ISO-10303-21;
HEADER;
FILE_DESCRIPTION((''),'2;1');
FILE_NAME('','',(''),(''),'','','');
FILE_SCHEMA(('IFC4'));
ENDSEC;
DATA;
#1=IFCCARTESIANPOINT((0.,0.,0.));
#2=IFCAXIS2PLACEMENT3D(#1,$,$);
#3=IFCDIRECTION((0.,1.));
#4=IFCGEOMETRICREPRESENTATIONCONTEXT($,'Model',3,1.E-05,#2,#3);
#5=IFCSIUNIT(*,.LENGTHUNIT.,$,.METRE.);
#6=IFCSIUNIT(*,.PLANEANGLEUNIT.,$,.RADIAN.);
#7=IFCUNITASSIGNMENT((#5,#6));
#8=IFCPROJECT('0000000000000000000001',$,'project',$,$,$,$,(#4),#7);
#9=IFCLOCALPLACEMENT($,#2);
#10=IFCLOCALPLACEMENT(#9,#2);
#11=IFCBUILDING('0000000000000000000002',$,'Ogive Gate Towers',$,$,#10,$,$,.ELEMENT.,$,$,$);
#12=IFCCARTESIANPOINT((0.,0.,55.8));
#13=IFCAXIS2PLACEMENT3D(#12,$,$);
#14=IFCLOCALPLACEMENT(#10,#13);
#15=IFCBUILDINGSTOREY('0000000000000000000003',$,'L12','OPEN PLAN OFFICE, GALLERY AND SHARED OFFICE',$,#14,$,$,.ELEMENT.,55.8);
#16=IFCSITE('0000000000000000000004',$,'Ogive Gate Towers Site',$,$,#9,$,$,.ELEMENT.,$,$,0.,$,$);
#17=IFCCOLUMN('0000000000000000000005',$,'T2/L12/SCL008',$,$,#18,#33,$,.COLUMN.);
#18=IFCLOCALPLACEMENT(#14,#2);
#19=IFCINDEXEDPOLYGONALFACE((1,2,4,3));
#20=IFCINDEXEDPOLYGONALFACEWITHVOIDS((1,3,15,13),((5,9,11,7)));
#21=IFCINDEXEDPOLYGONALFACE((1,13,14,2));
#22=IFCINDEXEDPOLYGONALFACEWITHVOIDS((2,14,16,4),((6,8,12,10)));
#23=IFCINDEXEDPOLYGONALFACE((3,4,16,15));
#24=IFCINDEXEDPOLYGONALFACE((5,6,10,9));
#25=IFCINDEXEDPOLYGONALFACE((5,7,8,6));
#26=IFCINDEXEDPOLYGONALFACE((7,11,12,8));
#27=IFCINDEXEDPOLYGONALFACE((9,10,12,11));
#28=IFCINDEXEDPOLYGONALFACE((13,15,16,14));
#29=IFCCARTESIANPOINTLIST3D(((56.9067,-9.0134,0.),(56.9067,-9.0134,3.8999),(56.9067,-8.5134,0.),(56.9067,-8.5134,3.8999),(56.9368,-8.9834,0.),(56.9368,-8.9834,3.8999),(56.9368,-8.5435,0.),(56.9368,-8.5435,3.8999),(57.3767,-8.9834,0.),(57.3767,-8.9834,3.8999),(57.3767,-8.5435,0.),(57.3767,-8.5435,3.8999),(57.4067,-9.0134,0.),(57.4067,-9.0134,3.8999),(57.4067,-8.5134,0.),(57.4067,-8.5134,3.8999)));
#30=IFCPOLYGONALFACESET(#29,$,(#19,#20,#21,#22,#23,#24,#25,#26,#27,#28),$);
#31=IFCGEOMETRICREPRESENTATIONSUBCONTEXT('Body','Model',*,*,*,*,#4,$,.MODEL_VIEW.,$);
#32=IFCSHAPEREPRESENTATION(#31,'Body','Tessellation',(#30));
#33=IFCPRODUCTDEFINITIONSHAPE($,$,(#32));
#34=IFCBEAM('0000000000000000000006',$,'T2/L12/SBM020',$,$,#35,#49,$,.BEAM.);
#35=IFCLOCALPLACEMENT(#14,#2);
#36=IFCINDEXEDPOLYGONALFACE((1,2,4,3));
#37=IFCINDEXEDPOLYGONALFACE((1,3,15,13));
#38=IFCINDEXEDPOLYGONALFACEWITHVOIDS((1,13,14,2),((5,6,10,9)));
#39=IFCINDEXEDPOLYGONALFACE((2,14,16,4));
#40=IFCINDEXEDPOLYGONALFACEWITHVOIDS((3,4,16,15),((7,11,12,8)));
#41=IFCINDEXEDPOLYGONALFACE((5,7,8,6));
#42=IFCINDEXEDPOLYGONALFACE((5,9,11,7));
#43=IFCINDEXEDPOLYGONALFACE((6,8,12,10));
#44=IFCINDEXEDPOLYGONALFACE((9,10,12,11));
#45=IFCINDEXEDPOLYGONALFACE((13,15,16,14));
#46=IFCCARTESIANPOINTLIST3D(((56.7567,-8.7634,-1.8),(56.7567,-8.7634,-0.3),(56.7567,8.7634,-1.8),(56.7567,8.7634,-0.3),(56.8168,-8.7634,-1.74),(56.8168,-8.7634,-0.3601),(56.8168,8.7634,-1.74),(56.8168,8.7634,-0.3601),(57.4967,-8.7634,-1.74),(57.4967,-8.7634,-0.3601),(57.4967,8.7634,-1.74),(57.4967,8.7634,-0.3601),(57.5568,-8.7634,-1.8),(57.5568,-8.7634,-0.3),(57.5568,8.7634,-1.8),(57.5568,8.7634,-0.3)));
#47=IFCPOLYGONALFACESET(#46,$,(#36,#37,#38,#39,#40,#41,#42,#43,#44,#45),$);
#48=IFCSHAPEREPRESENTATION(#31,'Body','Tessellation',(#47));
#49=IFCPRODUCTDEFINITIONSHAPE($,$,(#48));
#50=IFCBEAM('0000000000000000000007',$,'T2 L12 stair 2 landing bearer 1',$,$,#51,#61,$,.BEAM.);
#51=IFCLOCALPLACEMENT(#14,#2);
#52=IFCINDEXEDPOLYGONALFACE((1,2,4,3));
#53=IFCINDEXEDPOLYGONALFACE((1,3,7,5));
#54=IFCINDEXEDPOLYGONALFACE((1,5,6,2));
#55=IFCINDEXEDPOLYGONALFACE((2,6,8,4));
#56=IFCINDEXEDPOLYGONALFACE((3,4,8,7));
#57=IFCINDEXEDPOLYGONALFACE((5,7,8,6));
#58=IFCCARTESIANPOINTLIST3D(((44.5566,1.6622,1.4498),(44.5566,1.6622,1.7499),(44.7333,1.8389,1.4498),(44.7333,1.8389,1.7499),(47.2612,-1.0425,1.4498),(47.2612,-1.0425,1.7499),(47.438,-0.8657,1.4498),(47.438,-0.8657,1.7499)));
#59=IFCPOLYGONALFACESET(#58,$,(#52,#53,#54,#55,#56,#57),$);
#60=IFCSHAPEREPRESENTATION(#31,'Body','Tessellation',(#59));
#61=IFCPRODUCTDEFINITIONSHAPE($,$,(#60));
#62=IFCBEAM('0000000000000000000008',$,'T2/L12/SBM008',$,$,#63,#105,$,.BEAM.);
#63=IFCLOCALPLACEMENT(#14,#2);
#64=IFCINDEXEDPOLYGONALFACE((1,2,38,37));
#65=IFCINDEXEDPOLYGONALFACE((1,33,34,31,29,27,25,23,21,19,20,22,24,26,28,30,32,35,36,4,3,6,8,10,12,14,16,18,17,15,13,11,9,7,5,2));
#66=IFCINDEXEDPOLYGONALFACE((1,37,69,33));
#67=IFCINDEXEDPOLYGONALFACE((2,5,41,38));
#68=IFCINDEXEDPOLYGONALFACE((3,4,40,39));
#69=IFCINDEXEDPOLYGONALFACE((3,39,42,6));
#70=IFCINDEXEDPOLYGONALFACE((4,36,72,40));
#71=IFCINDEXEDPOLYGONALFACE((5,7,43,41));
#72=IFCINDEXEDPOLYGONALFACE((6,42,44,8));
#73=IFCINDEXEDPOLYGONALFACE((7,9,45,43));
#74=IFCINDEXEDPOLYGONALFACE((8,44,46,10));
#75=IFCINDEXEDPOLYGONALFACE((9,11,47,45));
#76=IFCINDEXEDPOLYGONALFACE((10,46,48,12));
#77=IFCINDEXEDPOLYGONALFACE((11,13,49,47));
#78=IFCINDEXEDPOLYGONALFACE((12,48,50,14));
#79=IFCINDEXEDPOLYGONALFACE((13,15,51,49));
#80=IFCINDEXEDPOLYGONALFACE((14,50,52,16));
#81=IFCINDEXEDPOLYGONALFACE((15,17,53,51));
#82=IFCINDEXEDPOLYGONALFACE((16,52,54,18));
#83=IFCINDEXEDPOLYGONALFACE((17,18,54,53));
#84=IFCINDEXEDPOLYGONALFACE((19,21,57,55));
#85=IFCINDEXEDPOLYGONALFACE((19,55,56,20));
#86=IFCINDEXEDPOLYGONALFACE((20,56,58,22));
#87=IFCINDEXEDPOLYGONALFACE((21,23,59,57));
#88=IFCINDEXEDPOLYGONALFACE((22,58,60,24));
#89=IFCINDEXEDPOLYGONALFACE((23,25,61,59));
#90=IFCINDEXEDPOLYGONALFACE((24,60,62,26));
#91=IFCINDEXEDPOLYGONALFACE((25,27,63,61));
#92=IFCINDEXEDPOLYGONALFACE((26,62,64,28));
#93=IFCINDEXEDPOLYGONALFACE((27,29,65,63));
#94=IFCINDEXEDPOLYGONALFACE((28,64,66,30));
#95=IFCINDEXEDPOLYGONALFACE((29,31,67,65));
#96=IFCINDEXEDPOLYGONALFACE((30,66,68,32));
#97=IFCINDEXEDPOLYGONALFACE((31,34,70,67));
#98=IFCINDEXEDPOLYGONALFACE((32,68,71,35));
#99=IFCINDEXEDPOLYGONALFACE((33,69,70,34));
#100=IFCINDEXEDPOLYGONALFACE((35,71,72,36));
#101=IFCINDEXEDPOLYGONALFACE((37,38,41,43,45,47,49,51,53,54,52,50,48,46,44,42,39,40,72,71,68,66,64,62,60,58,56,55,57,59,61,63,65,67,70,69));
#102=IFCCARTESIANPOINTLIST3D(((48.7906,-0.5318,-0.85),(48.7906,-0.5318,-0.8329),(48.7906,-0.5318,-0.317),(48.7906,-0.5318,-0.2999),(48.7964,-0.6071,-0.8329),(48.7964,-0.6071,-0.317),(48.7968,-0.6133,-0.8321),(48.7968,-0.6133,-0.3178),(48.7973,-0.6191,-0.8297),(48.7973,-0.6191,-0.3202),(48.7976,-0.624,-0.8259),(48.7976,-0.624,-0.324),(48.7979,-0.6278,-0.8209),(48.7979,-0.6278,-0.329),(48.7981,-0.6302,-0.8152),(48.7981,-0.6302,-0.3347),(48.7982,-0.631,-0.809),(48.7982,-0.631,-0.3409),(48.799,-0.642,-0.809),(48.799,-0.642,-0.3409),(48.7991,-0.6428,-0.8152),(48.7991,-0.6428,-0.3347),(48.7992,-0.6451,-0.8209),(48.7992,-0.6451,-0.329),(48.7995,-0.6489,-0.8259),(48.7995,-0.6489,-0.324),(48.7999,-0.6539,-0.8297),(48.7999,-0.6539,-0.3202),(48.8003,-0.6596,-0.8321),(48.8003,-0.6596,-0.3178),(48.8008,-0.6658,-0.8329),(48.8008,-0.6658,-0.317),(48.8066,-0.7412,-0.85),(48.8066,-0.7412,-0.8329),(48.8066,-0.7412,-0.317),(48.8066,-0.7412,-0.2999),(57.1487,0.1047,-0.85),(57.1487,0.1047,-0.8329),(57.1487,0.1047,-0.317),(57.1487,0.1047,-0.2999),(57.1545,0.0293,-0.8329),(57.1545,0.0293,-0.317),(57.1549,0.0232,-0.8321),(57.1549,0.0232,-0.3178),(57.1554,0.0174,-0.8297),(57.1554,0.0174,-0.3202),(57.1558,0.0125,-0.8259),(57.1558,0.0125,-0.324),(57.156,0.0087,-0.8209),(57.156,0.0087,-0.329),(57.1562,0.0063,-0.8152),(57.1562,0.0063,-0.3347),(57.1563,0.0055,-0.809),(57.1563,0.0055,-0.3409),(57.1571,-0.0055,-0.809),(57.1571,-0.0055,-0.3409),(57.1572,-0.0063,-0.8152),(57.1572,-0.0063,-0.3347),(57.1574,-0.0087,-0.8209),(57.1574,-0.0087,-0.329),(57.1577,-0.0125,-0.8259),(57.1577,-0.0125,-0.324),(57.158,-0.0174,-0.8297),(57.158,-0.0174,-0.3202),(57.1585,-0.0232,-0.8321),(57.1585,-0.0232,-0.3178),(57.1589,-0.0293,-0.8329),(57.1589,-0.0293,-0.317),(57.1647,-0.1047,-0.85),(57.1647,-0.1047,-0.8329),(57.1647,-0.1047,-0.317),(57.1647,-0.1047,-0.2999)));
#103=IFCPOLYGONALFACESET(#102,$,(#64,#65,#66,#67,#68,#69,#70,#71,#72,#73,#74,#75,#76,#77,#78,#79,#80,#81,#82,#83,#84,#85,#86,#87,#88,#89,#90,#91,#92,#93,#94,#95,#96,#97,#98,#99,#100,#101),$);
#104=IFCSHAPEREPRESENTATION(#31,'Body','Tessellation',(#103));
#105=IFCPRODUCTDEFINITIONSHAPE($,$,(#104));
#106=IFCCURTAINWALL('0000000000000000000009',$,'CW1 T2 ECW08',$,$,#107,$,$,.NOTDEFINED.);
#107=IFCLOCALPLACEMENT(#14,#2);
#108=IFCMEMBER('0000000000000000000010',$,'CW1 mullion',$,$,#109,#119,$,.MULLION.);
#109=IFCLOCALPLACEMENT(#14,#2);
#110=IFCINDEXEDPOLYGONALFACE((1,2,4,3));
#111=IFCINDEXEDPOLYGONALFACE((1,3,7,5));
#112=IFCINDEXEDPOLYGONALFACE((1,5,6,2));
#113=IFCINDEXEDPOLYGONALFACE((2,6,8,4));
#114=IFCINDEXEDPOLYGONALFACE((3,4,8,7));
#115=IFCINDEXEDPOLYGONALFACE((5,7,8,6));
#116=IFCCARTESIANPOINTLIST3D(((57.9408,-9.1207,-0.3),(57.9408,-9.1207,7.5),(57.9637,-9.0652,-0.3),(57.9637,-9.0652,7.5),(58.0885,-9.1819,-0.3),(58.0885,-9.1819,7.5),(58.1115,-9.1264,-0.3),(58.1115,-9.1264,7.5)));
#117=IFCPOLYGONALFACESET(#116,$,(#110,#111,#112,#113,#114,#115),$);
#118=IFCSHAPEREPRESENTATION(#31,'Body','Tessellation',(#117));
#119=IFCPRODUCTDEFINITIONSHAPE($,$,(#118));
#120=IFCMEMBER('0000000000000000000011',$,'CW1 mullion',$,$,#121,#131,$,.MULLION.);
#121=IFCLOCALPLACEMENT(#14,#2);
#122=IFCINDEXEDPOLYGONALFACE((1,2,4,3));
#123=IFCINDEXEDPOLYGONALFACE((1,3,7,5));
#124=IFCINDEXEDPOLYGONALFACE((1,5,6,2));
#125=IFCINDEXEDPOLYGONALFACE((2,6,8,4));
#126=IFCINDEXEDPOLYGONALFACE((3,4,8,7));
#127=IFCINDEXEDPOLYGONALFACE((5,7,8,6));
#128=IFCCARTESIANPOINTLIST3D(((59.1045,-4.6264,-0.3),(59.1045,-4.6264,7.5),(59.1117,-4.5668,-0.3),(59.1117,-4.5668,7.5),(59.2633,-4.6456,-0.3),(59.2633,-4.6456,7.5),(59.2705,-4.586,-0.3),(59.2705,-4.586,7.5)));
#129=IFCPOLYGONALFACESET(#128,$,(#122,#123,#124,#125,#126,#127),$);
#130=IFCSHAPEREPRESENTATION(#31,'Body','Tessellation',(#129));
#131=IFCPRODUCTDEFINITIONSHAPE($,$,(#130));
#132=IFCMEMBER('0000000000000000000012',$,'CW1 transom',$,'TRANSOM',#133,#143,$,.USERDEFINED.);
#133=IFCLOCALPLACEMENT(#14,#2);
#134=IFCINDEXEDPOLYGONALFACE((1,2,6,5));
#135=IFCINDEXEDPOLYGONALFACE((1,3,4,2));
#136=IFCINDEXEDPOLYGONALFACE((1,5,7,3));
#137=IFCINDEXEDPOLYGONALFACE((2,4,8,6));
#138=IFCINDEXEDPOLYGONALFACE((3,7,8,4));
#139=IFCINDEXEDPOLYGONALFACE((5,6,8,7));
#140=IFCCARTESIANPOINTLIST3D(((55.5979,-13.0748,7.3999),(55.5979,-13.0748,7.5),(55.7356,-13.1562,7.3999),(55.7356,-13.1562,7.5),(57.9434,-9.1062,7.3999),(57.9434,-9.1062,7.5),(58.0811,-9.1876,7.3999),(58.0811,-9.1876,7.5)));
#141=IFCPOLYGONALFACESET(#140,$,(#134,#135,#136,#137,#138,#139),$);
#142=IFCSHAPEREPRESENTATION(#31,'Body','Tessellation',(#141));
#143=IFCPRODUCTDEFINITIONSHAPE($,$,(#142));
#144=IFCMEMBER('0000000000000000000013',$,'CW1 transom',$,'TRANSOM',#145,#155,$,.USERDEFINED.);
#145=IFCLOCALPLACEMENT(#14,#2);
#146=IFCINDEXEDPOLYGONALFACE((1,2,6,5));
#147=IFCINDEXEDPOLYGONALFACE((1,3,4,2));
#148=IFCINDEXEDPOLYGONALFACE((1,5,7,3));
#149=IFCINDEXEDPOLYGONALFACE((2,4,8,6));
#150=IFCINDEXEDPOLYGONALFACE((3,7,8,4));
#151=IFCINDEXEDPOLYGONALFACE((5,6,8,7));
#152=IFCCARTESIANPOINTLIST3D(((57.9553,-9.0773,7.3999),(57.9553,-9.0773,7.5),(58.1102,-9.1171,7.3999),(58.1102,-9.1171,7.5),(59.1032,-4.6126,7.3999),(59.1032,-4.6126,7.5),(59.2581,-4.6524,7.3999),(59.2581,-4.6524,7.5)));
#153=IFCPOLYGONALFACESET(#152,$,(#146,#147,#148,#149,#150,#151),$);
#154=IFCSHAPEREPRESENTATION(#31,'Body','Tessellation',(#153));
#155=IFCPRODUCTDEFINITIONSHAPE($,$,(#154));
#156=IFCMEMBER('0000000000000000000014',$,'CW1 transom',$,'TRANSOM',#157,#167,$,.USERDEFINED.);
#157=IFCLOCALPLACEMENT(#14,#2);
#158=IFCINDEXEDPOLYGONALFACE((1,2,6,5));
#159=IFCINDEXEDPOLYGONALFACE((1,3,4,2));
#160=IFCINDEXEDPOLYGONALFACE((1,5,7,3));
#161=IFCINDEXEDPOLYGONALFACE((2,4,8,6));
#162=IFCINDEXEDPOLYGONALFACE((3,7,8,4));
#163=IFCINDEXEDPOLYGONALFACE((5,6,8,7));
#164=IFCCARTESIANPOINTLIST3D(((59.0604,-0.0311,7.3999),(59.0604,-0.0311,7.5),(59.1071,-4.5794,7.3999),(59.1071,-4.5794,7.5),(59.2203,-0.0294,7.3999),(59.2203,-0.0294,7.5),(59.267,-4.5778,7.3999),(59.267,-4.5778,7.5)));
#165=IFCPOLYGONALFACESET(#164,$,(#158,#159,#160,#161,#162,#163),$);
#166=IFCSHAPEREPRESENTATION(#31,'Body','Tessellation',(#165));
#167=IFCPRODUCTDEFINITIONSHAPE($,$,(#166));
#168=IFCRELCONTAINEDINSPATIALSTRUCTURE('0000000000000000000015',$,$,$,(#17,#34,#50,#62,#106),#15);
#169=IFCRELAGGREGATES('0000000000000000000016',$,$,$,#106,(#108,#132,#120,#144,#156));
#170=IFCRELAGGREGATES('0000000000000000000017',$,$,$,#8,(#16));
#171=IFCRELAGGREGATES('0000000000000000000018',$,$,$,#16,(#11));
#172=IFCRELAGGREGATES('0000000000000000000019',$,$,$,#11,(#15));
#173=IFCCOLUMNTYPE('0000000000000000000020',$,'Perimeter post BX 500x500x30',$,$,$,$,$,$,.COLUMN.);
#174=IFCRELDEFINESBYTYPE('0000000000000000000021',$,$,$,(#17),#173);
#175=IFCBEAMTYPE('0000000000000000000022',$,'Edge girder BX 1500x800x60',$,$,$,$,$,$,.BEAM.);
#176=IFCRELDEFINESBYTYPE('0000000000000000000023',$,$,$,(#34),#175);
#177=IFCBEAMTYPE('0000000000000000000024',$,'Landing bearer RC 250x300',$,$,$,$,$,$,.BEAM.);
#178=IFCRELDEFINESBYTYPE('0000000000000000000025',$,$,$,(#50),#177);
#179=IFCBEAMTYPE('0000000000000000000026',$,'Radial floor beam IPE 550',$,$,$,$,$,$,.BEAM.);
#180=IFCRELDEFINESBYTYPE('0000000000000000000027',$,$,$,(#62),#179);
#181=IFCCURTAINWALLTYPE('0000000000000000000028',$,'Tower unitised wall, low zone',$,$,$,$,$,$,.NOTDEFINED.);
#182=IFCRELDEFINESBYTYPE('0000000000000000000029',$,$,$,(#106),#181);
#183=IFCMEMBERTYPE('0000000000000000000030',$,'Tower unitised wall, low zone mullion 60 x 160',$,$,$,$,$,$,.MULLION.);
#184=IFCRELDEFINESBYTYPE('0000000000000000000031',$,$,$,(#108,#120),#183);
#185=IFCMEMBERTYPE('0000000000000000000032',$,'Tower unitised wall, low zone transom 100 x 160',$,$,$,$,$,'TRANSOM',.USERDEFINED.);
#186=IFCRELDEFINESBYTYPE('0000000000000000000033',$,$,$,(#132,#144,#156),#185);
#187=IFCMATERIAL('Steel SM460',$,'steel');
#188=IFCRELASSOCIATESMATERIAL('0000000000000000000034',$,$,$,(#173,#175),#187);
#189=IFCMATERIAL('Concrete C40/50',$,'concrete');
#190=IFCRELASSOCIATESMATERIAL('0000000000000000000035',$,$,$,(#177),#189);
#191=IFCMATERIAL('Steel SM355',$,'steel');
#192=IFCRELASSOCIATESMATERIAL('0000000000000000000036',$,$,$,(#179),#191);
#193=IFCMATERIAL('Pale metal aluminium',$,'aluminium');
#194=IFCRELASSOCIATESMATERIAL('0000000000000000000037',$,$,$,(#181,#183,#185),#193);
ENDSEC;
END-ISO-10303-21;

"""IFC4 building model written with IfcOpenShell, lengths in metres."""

from ifc_helpers import new_model, si_unit, direction, frame, origin, origin_2d, place, context, subcontext, project, spatial, rectangle, hollow_rectangle, i_section, extrude, material, material_profile, profile_set, type_object, element, aggregate, save


model = new_model("IFC4")

# Units and contexts
model_context = context("Model", 3, precision=1e-05, world=origin(), true_north=direction((0.0, 1.0)))
body_context = subcontext(model_context, "Body", "Model", "MODEL_VIEW")
ifc_project = project(units=[si_unit("LENGTHUNIT", "METRE"), si_unit("PLANEANGLEUNIT", "RADIAN")], contexts=[model_context])

# Site, building, storey
site_placement = place(None, origin())
site = spatial("IfcSite", under=ifc_project, at=site_placement, Name="Ogive Gate Towers Site", CompositionType="ELEMENT", RefElevation=0.0)
building_placement = place(site_placement, origin())
building = spatial("IfcBuilding", under=site, at=building_placement, Name="Ogive Gate Towers", CompositionType="ELEMENT")
storey_placement = place(building_placement, frame((0.0, 0.0, 55.8)))
storey = spatial("IfcBuildingStorey", under=building, at=storey_placement, Name="L12", Description="OPEN PLAN OFFICE, GALLERY AND SHARED OFFICE", CompositionType="ELEMENT", Elevation=55.8)

# Column
ifc_material_1 = material(Name="Steel SM460", Category="steel")
ifc_material_profile_1 = material_profile(ifc_material_1, hollow_rectangle(XDim=0.5, YDim=0.5, WallThickness=0.03, at=origin_2d()), Name="BX 500x500x30")
ifc_profile_set_1 = profile_set([ifc_material_profile_1], Name="Steel SM460")
column_type = type_object("IfcColumnType", Name="Perimeter post BX 500x500x30", PredefinedType="COLUMN", material=ifc_profile_set_1)
column_placement = place(storey_placement, frame((57.1567, -8.7634, 0.0), z_axis=(0.0, 0.0, 1.0), x_axis=(1.0, 0.0, 0.0)))
element("IfcColumn", 1, at=column_placement, inside=storey, type_object=column_type, Name="T2/L12/SCL008", PredefinedType="COLUMN", context=body_context, shape_type="SweptSolid", body=[
    extrude(hollow_rectangle(XDim=0.5, YDim=0.5, WallThickness=0.03, at=origin_2d()), origin(), (0.0, 0.0, 1.0), 3.8999),
])

# Beams
ifc_material_profile_2 = material_profile(ifc_material_1, hollow_rectangle(XDim=0.8, YDim=1.5, WallThickness=0.0601, at=origin_2d()), Name="BX 1500x800x60")
ifc_profile_set_2 = profile_set([ifc_material_profile_2], Name="Steel SM460")
beam_type_1 = type_object("IfcBeamType", Name="Edge girder BX 1500x800x60", PredefinedType="BEAM", material=ifc_profile_set_2)
beam_1_placement = place(storey_placement, frame((57.1567, -8.7634, -1.05), z_axis=(0.0, 1.0, 0.0), x_axis=(-1.0, 0.0, 0.0)))
element("IfcBeam", 2, at=beam_1_placement, inside=storey, type_object=beam_type_1, Name="T2/L12/SBM020", PredefinedType="BEAM", context=body_context, shape_type="SweptSolid", body=[
    extrude(hollow_rectangle(XDim=0.8, YDim=1.5, WallThickness=0.0601, at=origin_2d()), origin(), (0.0, 0.0, 1.0), 17.5269),
])
ifc_material_2 = material(Name="Concrete C40/50", Category="concrete")
ifc_material_profile_3 = material_profile(ifc_material_2, rectangle(XDim=0.25, YDim=0.3, at=origin_2d()), Name="RC 250x300")
ifc_profile_set_3 = profile_set([ifc_material_profile_3], Name="Concrete C40/50")
beam_type_2 = type_object("IfcBeamType", Name="Landing bearer RC 250x300", PredefinedType="BEAM", material=ifc_profile_set_3)
beam_2_placement = place(storey_placement, frame((47.3496, -0.9541, 1.5999), z_axis=(-0.707107, 0.707107, 0.0), x_axis=(-0.707107, -0.707107, 0.0)))
element("IfcBeam", 3, at=beam_2_placement, inside=storey, type_object=beam_type_2, Name="T2 L12 stair 2 landing bearer 1", PredefinedType="BEAM", context=body_context, shape_type="SweptSolid", body=[
    extrude(rectangle(XDim=0.25, YDim=0.3, at=origin_2d()), origin(), (0.0, 0.0, 1.0), 3.825),
])
ifc_material_3 = material(Name="Steel SM355", Category="steel")
ifc_material_profile_4 = material_profile(ifc_material_3, i_section(OverallWidth=0.21, OverallDepth=0.55, WebThickness=0.011, FlangeThickness=0.0171, FilletRadius=0.0239, at=origin_2d()), Name="IPE 550")
ifc_profile_set_4 = profile_set([ifc_material_profile_4], Name="Steel SM355")
beam_type_3 = type_object("IfcBeamType", Name="Radial floor beam IPE 550", PredefinedType="BEAM", material=ifc_profile_set_4)
beam_3_placement = place(storey_placement, frame((48.7986, -0.6365, -0.575), z_axis=(0.997113, 0.07593, 0.0), x_axis=(-0.07593, 0.997113, 0.0)))
element("IfcBeam", 4, at=beam_3_placement, inside=storey, type_object=beam_type_3, Name="T2/L12/SBM008", PredefinedType="BEAM", context=body_context, shape_type="SweptSolid", body=[
    extrude(i_section(OverallWidth=0.21, OverallDepth=0.55, WebThickness=0.011, FlangeThickness=0.0171, FilletRadius=0.0239, at=origin_2d()), origin(), (0.0, 0.0, 1.0), 8.3823),
])

# Curtain wall, members
ifc_material_4 = material(Name="Pale metal aluminium", Category="aluminium")
curtain_wall_type = type_object("IfcCurtainWallType", Name="Tower unitised wall, low zone", PredefinedType="NOTDEFINED", material=ifc_material_4)
curtain_wall_placement = place(storey_placement, origin())
curtain_wall = element("IfcCurtainWall", 5, at=curtain_wall_placement, inside=storey, type_object=curtain_wall_type, Name="CW1 T2 ECW08", PredefinedType="NOTDEFINED")
ifc_material_profile_5 = material_profile(ifc_material_4, rectangle(XDim=0.1599, YDim=0.0601, at=origin_2d()), Name="60 x 160 aluminium box")
ifc_profile_set_5 = profile_set([ifc_material_profile_5], Name="Pale metal aluminium")
member_type_1 = type_object("IfcMemberType", Name="Tower unitised wall, low zone mullion 60 x 160", PredefinedType="MULLION", material=ifc_profile_set_5)
member_1_placement = place(storey_placement, frame((58.0261, -9.1235, -0.3), z_axis=(0.0, 0.0, 1.0), x_axis=(0.92388, -0.382683, 0.0)))
member_1 = element("IfcMember", 6, at=member_1_placement, type_object=member_type_1, Name="CW1 mullion", PredefinedType="MULLION", context=body_context, shape_type="SweptSolid", body=[
    extrude(rectangle(XDim=0.1599, YDim=0.0601, at=origin_2d()), origin(), (0.0, 0.0, 1.0), 7.8),
])
member_2_placement = place(storey_placement, frame((59.1875, -4.6062, -0.3), z_axis=(0.0, 0.0, 1.0), x_axis=(0.992728, -0.120379, 0.0)))
member_2 = element("IfcMember", 7, at=member_2_placement, type_object=member_type_1, Name="CW1 mullion", PredefinedType="MULLION", context=body_context, shape_type="SweptSolid", body=[
    extrude(rectangle(XDim=0.1599, YDim=0.0601, at=origin_2d()), origin(), (0.0, 0.0, 1.0), 7.8),
])
ifc_material_profile_6 = material_profile(ifc_material_4, rectangle(XDim=0.1599, YDim=0.1001, at=origin_2d()), Name="100 x 160 aluminium box")
ifc_profile_set_6 = profile_set([ifc_material_profile_6], Name="Pale metal aluminium")
member_type_2 = type_object("IfcMemberType", Name="Tower unitised wall, low zone transom 100 x 160", ElementType="TRANSOM", PredefinedType="USERDEFINED", material=ifc_profile_set_6)
member_3_placement = place(storey_placement, frame((55.6667, -13.1155, 7.45), z_axis=(0.508799, 0.860885, 0.0), x_axis=(-0.860885, 0.508799, 0.0)))
member_3 = element("IfcMember", 8, at=member_3_placement, type_object=member_type_2, Name="CW1 transom", ObjectType="TRANSOM", PredefinedType="USERDEFINED", context=body_context, shape_type="SweptSolid", body=[
    extrude(rectangle(XDim=0.1599, YDim=0.1001, at=origin_2d()), origin(), (0.0, 0.0, 1.0), 4.6099),
])
member_4_placement = place(storey_placement, frame((58.0327, -9.0972, 7.45), z_axis=(0.249023, 0.968498, 0.0), x_axis=(-0.968498, 0.249023, 0.0)))
member_4 = element("IfcMember", 9, at=member_4_placement, type_object=member_type_2, Name="CW1 transom", ObjectType="TRANSOM", PredefinedType="USERDEFINED", context=body_context, shape_type="SweptSolid", body=[
    extrude(rectangle(XDim=0.1599, YDim=0.1001, at=origin_2d()), origin(), (0.0, 0.0, 1.0), 4.6099),
])
member_5_placement = place(storey_placement, frame((59.187, -4.5786, 7.45), z_axis=(-0.010252, 0.999947, 0.0), x_axis=(-0.999947, -0.010252, 0.0)))
member_5 = element("IfcMember", 10, at=member_5_placement, type_object=member_type_2, Name="CW1 transom", ObjectType="TRANSOM", PredefinedType="USERDEFINED", context=body_context, shape_type="SweptSolid", body=[
    extrude(rectangle(XDim=0.1599, YDim=0.1001, at=origin_2d()), origin(), (0.0, 0.0, 1.0), 4.5486),
])

aggregate(curtain_wall, [member_1, member_3, member_2, member_4, member_5])

save(model, "model.ifc")
